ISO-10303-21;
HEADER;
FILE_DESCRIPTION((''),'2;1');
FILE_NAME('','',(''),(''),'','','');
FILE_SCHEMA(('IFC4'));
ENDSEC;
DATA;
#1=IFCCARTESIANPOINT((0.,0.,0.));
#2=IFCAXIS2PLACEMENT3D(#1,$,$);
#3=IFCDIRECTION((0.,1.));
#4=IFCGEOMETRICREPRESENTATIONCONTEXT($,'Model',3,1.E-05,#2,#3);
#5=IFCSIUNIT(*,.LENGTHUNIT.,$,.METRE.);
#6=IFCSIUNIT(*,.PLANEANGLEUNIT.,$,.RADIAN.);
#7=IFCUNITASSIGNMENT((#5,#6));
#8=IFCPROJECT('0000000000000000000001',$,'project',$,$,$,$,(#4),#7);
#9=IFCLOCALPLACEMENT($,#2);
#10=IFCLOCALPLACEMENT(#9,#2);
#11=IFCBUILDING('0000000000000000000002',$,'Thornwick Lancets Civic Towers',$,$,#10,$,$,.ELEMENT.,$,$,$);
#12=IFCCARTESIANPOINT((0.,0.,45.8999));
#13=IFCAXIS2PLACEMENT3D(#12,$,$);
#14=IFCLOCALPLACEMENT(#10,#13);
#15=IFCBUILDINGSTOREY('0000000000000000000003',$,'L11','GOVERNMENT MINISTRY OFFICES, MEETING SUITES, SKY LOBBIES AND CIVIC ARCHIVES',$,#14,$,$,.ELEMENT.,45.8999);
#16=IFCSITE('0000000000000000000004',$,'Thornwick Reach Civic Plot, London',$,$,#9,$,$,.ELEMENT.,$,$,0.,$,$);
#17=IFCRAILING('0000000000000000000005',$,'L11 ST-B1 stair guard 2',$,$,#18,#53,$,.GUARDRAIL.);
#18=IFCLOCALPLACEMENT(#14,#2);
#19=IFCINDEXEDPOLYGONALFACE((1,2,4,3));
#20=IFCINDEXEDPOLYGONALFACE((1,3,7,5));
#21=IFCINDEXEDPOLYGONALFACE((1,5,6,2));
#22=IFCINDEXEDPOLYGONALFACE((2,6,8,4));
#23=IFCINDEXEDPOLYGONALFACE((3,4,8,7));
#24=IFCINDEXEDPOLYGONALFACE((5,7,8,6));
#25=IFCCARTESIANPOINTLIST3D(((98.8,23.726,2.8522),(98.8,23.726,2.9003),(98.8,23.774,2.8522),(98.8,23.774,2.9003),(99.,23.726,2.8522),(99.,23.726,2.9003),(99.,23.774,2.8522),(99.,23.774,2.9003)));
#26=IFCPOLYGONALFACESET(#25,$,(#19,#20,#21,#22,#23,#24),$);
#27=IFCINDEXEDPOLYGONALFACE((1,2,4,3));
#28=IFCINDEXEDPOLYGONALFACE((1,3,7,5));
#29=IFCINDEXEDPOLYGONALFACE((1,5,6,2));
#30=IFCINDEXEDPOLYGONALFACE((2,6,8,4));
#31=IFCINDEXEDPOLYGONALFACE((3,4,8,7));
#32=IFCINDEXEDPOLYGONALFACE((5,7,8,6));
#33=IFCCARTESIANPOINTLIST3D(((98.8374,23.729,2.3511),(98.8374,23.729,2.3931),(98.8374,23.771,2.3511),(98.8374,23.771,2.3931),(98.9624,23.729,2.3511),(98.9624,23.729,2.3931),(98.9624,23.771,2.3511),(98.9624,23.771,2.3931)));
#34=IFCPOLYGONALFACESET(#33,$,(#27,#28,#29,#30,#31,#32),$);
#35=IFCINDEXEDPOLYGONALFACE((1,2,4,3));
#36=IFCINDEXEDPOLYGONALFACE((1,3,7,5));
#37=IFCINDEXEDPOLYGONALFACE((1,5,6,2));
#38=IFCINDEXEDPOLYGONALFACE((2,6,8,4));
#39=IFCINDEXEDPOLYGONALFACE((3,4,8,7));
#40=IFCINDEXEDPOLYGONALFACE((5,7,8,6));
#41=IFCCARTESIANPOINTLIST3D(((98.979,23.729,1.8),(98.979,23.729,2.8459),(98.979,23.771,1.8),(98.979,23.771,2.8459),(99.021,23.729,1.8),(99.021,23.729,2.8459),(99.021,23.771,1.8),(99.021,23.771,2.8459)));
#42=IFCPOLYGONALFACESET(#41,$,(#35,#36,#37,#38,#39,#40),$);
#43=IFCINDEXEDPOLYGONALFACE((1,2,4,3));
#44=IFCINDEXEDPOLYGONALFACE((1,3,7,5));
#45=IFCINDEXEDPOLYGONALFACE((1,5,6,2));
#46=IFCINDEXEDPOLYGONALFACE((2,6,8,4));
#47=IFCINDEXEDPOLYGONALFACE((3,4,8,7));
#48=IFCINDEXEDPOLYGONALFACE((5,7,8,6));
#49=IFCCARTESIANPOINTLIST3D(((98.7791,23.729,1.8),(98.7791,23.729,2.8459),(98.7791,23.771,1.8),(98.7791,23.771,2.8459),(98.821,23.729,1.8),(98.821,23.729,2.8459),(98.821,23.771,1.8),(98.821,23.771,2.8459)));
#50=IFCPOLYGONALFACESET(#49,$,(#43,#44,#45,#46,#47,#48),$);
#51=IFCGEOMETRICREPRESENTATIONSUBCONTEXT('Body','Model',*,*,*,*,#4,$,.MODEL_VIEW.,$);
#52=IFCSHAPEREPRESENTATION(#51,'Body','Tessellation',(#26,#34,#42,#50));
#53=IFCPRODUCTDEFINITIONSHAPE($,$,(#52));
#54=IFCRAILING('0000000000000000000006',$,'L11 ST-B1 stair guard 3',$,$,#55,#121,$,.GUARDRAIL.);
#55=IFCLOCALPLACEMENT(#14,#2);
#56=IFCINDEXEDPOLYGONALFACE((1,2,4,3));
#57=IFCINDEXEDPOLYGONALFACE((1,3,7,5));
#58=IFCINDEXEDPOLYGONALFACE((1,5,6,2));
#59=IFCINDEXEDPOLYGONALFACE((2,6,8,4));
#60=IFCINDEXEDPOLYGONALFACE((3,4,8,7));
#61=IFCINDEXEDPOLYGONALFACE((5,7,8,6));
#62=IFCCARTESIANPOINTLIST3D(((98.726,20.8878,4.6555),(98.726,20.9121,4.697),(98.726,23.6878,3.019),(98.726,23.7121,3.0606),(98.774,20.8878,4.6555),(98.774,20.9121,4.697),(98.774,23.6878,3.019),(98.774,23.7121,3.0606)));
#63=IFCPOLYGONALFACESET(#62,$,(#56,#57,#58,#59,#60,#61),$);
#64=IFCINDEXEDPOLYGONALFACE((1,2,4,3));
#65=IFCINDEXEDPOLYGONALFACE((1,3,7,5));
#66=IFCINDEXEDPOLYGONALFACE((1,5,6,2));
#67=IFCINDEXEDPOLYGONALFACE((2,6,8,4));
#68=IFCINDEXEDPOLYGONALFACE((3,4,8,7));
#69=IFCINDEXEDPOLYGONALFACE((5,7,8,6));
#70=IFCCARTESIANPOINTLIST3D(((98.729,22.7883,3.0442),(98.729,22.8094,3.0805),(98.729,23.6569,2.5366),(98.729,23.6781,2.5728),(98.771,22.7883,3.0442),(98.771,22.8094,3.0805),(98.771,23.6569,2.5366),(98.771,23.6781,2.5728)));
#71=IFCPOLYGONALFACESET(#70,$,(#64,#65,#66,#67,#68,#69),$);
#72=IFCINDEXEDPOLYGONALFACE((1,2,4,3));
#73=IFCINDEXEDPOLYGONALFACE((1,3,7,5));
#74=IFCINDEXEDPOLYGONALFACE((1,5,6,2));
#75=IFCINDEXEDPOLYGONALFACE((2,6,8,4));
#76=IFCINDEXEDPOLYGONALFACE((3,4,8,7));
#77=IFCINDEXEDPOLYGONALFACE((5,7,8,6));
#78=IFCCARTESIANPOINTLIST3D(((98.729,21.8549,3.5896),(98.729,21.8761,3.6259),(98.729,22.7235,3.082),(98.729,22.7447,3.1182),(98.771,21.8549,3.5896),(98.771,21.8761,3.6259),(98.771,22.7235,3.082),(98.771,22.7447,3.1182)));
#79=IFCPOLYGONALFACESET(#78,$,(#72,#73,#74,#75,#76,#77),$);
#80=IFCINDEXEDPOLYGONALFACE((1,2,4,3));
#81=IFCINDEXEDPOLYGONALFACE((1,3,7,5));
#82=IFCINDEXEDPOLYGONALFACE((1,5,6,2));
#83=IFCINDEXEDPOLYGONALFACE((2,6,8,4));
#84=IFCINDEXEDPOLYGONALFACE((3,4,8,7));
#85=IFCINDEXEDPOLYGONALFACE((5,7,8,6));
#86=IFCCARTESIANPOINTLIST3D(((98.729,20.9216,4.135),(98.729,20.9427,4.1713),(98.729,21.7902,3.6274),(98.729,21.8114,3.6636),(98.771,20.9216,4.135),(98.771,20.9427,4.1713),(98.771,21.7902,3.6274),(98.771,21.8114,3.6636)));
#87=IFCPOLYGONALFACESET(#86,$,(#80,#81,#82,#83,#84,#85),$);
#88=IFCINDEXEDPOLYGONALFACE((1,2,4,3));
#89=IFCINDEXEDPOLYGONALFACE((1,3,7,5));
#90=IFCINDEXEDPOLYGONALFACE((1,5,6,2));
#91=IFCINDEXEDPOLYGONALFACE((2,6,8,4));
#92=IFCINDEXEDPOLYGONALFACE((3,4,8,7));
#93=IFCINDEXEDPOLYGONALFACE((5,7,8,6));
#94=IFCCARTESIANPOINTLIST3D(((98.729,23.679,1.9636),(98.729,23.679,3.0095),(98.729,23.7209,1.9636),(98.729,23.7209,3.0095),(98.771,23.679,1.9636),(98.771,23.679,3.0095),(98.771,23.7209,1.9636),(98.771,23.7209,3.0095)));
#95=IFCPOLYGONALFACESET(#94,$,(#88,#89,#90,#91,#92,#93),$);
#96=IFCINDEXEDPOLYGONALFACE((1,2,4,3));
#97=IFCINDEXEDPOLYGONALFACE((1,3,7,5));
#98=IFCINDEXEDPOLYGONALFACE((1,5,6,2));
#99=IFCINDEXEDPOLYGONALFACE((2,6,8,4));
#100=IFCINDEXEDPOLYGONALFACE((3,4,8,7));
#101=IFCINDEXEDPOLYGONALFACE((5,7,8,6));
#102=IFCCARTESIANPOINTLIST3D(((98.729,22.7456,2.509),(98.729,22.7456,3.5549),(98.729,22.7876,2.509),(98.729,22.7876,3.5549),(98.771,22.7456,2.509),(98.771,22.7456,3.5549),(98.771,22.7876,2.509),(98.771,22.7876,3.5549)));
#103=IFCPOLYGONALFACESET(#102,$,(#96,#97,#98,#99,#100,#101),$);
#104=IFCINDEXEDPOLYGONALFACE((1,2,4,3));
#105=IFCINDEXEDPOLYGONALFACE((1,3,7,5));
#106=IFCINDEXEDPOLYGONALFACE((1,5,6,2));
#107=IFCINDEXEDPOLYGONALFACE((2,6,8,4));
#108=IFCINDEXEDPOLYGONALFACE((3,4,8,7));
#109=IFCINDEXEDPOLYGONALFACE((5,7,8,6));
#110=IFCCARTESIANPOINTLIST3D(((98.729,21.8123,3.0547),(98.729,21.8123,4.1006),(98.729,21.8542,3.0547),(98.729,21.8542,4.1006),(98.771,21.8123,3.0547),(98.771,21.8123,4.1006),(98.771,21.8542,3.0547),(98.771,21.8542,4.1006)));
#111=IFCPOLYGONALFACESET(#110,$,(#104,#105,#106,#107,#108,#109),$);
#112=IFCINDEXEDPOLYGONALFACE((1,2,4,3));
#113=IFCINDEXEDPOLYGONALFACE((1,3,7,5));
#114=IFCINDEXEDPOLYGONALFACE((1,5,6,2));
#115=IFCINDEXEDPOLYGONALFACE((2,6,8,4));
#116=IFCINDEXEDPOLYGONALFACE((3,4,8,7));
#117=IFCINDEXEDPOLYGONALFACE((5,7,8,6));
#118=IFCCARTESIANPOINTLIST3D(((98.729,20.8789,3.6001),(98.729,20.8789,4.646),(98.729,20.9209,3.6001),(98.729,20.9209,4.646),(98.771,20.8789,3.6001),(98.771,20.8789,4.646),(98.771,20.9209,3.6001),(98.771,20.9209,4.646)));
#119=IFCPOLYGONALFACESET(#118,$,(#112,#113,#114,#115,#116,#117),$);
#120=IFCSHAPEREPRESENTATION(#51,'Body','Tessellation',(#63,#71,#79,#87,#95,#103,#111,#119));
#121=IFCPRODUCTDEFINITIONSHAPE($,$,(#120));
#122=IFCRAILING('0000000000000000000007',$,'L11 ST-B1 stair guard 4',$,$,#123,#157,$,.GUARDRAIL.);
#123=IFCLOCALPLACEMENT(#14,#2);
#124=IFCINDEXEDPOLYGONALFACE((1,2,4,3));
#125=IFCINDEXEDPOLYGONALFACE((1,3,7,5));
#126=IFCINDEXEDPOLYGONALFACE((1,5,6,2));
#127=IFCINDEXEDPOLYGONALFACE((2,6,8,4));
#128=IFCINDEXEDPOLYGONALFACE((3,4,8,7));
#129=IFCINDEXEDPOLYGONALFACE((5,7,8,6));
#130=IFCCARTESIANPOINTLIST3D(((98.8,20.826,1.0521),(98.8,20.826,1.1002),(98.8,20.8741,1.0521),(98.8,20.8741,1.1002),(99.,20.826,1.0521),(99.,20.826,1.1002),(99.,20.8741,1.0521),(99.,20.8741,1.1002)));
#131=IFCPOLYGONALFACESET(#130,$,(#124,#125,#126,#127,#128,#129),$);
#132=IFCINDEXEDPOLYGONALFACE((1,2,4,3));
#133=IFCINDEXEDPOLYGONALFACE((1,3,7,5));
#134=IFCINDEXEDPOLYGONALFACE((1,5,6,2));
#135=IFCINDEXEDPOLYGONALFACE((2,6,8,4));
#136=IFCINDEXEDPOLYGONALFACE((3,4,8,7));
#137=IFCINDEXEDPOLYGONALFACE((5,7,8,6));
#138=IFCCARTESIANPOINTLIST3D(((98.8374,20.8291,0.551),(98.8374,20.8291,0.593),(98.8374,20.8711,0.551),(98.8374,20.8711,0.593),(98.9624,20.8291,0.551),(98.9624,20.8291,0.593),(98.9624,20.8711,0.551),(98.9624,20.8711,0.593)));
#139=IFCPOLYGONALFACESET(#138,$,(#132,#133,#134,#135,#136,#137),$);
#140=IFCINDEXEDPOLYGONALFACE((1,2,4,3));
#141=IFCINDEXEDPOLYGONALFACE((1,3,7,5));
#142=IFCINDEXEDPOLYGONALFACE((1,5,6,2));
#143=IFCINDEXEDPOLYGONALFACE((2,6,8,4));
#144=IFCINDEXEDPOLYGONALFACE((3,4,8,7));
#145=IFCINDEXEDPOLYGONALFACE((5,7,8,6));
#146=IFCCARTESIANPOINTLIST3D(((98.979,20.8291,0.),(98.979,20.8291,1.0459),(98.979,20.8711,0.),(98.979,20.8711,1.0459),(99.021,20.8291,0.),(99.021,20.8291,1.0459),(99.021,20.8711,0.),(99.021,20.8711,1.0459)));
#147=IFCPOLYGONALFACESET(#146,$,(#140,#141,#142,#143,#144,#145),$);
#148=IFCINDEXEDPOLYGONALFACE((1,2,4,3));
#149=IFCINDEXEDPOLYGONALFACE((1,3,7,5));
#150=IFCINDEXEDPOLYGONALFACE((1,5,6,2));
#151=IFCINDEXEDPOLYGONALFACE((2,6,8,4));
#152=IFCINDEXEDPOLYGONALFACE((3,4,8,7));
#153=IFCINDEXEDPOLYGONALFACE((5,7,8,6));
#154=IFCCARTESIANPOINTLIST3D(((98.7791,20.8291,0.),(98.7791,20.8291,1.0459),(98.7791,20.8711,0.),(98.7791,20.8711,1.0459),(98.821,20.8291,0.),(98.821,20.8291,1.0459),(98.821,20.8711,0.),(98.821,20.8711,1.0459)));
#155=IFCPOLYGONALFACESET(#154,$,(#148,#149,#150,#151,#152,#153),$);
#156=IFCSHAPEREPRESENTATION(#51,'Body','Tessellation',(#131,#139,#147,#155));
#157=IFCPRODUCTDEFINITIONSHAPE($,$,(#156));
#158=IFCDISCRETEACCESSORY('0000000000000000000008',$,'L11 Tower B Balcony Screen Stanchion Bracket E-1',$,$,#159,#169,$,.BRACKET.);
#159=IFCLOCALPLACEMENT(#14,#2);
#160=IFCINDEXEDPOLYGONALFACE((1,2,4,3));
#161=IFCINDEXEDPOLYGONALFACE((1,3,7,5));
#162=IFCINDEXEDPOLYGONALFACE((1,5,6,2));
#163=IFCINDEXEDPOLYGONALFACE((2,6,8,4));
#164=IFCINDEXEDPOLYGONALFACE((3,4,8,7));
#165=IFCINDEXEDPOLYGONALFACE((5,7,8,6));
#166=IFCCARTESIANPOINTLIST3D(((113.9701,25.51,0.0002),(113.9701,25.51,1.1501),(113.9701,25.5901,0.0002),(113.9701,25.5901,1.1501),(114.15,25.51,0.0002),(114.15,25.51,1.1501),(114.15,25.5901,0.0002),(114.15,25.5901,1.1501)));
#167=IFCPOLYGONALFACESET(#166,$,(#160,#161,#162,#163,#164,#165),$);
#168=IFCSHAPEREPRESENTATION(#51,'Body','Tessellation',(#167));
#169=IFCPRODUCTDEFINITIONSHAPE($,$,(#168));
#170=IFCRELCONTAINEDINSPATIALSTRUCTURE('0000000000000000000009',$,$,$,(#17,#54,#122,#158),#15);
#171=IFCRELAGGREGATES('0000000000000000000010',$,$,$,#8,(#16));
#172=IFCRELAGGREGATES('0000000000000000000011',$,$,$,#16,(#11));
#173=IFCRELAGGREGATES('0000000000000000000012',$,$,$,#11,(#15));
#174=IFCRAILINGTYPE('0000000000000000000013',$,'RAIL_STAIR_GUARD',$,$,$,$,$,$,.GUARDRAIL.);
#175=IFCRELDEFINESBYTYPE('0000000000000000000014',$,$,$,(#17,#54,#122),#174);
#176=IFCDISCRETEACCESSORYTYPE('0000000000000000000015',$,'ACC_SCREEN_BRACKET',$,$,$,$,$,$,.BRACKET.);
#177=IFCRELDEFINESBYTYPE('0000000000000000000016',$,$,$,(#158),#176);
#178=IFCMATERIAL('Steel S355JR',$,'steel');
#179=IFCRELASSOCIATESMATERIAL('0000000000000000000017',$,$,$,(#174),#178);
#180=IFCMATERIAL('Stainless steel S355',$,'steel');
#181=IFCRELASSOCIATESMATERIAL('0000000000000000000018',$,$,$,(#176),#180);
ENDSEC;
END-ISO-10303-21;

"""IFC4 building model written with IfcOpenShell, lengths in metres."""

from ifc_helpers import new_model, si_unit, direction, frame, origin, origin_2d, place, context, subcontext, project, spatial, rectangle, extrude, material, type_object, element, save


model = new_model("IFC4")

# Units and contexts
model_context = context("Model", 3, precision=1e-05, world=origin(), true_north=direction((0.0, 1.0)))
body_context = subcontext(model_context, "Body", "Model", "MODEL_VIEW")
ifc_project = project(units=[si_unit("LENGTHUNIT", "METRE"), si_unit("PLANEANGLEUNIT", "RADIAN")], contexts=[model_context])

# Site, building, storey
site_placement = place(None, origin())
site = spatial("IfcSite", under=ifc_project, at=site_placement, Name="Thornwick Reach Civic Plot, London", CompositionType="ELEMENT", RefElevation=0.0)
building_placement = place(site_placement, origin())
building = spatial("IfcBuilding", under=site, at=building_placement, Name="Thornwick Lancets Civic Towers", CompositionType="ELEMENT")
storey_placement = place(building_placement, frame((0.0, 0.0, 45.8999)))
storey = spatial("IfcBuildingStorey", under=building, at=storey_placement, Name="L11", Description="GOVERNMENT MINISTRY OFFICES, MEETING SUITES, SKY LOBBIES AND CIVIC ARCHIVES", CompositionType="ELEMENT", Elevation=45.8999)

# Railings
ifc_material_1 = material(Name="Steel S355JR", Category="steel")
railing_type_1 = type_object("IfcRailingType", Name="RAIL_STAIR_GUARD", PredefinedType="GUARDRAIL", material=ifc_material_1)
railing_1_placement = place(storey_placement, frame((99.0, 23.75, 1.8)))
element("IfcRailing", 1, at=railing_1_placement, inside=storey, type_object=railing_type_1, Name="L11 ST-B1 stair guard 2", PredefinedType="GUARDRAIL", context=body_context, shape_type="SweptSolid", body=[
    extrude(rectangle(XDim=0.0481, YDim=0.0481, at=origin_2d()), frame((0.0, 0.0, 1.0762), z_axis=(-1.0, 0.0, 0.0), x_axis=(0.0, -1.0, 0.0)), (0.0, 0.0, 1.0), 0.2),
    extrude(rectangle(XDim=0.042, YDim=0.042, at=origin_2d()), frame((-0.0376, 0.0, 0.572), z_axis=(-1.0, 0.0, 0.0), x_axis=(0.0, -1.0, 0.0)), (0.0, 0.0, 1.0), 0.125),
    extrude(rectangle(XDim=0.042, YDim=0.042, at=origin_2d()), origin(), (0.0, 0.0, 1.0), 1.0459),
    extrude(rectangle(XDim=0.042, YDim=0.042, at=origin_2d()), frame((-0.2, 0.0, 0.0)), (0.0, 0.0, 1.0), 1.0459),
])
railing_2_placement = place(storey_placement, frame((98.75, 23.7, 1.9636)))
element("IfcRailing", 2, at=railing_2_placement, inside=storey, type_object=railing_type_1, Name="L11 ST-B1 stair guard 3", PredefinedType="GUARDRAIL", context=body_context, shape_type="SweptSolid", body=[
    extrude(rectangle(XDim=0.0481, YDim=0.0481, at=origin_2d()), frame((0.0, 0.0, 1.0762), z_axis=(0.0, -0.863361, 0.504587), x_axis=(1.0, 0.0, 0.0)), (0.0, 0.0, 1.0), 3.2432),
    extrude(rectangle(XDim=0.042, YDim=0.042, at=origin_2d()), frame((0.0, -0.0325, 0.5911), z_axis=(0.0, -0.863361, 0.504587), x_axis=(1.0, 0.0, 0.0)), (0.0, 0.0, 1.0), 1.0061),
    extrude(rectangle(XDim=0.042, YDim=0.042, at=origin_2d()), frame((0.0, -0.9658, 1.1365), z_axis=(0.0, -0.863361, 0.504587), x_axis=(1.0, 0.0, 0.0)), (0.0, 0.0, 1.0), 1.0061),
    extrude(rectangle(XDim=0.042, YDim=0.042, at=origin_2d()), frame((0.0, -1.8992, 1.6819), z_axis=(0.0, -0.863361, 0.504587), x_axis=(1.0, 0.0, 0.0)), (0.0, 0.0, 1.0), 1.0061),
    extrude(rectangle(XDim=0.042, YDim=0.042, at=origin_2d()), origin(), (0.0, 0.0, 1.0), 1.0459),
    extrude(rectangle(XDim=0.042, YDim=0.042, at=origin_2d()), frame((0.0, -0.9333, 0.5454)), (0.0, 0.0, 1.0), 1.0459),
    extrude(rectangle(XDim=0.042, YDim=0.042, at=origin_2d()), frame((0.0, -1.8667, 1.0911)), (0.0, 0.0, 1.0), 1.0459),
    extrude(rectangle(XDim=0.042, YDim=0.042, at=origin_2d()), frame((0.0, -2.8, 1.6365)), (0.0, 0.0, 1.0), 1.0459),
])
railing_3_placement = place(storey_placement, frame((99.0, 20.8501, 0.0)))
element("IfcRailing", 3, at=railing_3_placement, inside=storey, type_object=railing_type_1, Name="L11 ST-B1 stair guard 4", PredefinedType="GUARDRAIL", context=body_context, shape_type="SweptSolid", body=[
    extrude(rectangle(XDim=0.0481, YDim=0.0481, at=origin_2d()), frame((0.0, 0.0, 1.0762), z_axis=(-1.0, 0.0, 0.0), x_axis=(0.0, -1.0, 0.0)), (0.0, 0.0, 1.0), 0.2),
    extrude(rectangle(XDim=0.042, YDim=0.042, at=origin_2d()), frame((-0.0376, 0.0, 0.572), z_axis=(-1.0, 0.0, 0.0), x_axis=(0.0, -1.0, 0.0)), (0.0, 0.0, 1.0), 0.125),
    extrude(rectangle(XDim=0.042, YDim=0.042, at=origin_2d()), origin(), (0.0, 0.0, 1.0), 1.0459),
    extrude(rectangle(XDim=0.042, YDim=0.042, at=origin_2d()), frame((-0.2, 0.0, 0.0)), (0.0, 0.0, 1.0), 1.0459),
])

# Discrete accessory
ifc_material_2 = material(Name="Stainless steel S355", Category="steel")
discrete_accessory_type = type_object("IfcDiscreteAccessoryType", Name="ACC_SCREEN_BRACKET", PredefinedType="BRACKET", material=ifc_material_2)
discrete_accessory_placement = place(storey_placement, frame((114.0601, 25.55, 0.0002), z_axis=(0.0, 0.0, 1.0), x_axis=(0.0, 1.0, 0.0)))
element("IfcDiscreteAccessory", 4, at=discrete_accessory_placement, inside=storey, type_object=discrete_accessory_type, Name="L11 Tower B Balcony Screen Stanchion Bracket E-1", PredefinedType="BRACKET", context=body_context, shape_type="SweptSolid", body=[
    extrude(rectangle(XDim=0.0801, YDim=0.1799, at=origin_2d()), origin(), (0.0, 0.0, 1.0), 1.1499),
])

save(model, "model.ifc")
